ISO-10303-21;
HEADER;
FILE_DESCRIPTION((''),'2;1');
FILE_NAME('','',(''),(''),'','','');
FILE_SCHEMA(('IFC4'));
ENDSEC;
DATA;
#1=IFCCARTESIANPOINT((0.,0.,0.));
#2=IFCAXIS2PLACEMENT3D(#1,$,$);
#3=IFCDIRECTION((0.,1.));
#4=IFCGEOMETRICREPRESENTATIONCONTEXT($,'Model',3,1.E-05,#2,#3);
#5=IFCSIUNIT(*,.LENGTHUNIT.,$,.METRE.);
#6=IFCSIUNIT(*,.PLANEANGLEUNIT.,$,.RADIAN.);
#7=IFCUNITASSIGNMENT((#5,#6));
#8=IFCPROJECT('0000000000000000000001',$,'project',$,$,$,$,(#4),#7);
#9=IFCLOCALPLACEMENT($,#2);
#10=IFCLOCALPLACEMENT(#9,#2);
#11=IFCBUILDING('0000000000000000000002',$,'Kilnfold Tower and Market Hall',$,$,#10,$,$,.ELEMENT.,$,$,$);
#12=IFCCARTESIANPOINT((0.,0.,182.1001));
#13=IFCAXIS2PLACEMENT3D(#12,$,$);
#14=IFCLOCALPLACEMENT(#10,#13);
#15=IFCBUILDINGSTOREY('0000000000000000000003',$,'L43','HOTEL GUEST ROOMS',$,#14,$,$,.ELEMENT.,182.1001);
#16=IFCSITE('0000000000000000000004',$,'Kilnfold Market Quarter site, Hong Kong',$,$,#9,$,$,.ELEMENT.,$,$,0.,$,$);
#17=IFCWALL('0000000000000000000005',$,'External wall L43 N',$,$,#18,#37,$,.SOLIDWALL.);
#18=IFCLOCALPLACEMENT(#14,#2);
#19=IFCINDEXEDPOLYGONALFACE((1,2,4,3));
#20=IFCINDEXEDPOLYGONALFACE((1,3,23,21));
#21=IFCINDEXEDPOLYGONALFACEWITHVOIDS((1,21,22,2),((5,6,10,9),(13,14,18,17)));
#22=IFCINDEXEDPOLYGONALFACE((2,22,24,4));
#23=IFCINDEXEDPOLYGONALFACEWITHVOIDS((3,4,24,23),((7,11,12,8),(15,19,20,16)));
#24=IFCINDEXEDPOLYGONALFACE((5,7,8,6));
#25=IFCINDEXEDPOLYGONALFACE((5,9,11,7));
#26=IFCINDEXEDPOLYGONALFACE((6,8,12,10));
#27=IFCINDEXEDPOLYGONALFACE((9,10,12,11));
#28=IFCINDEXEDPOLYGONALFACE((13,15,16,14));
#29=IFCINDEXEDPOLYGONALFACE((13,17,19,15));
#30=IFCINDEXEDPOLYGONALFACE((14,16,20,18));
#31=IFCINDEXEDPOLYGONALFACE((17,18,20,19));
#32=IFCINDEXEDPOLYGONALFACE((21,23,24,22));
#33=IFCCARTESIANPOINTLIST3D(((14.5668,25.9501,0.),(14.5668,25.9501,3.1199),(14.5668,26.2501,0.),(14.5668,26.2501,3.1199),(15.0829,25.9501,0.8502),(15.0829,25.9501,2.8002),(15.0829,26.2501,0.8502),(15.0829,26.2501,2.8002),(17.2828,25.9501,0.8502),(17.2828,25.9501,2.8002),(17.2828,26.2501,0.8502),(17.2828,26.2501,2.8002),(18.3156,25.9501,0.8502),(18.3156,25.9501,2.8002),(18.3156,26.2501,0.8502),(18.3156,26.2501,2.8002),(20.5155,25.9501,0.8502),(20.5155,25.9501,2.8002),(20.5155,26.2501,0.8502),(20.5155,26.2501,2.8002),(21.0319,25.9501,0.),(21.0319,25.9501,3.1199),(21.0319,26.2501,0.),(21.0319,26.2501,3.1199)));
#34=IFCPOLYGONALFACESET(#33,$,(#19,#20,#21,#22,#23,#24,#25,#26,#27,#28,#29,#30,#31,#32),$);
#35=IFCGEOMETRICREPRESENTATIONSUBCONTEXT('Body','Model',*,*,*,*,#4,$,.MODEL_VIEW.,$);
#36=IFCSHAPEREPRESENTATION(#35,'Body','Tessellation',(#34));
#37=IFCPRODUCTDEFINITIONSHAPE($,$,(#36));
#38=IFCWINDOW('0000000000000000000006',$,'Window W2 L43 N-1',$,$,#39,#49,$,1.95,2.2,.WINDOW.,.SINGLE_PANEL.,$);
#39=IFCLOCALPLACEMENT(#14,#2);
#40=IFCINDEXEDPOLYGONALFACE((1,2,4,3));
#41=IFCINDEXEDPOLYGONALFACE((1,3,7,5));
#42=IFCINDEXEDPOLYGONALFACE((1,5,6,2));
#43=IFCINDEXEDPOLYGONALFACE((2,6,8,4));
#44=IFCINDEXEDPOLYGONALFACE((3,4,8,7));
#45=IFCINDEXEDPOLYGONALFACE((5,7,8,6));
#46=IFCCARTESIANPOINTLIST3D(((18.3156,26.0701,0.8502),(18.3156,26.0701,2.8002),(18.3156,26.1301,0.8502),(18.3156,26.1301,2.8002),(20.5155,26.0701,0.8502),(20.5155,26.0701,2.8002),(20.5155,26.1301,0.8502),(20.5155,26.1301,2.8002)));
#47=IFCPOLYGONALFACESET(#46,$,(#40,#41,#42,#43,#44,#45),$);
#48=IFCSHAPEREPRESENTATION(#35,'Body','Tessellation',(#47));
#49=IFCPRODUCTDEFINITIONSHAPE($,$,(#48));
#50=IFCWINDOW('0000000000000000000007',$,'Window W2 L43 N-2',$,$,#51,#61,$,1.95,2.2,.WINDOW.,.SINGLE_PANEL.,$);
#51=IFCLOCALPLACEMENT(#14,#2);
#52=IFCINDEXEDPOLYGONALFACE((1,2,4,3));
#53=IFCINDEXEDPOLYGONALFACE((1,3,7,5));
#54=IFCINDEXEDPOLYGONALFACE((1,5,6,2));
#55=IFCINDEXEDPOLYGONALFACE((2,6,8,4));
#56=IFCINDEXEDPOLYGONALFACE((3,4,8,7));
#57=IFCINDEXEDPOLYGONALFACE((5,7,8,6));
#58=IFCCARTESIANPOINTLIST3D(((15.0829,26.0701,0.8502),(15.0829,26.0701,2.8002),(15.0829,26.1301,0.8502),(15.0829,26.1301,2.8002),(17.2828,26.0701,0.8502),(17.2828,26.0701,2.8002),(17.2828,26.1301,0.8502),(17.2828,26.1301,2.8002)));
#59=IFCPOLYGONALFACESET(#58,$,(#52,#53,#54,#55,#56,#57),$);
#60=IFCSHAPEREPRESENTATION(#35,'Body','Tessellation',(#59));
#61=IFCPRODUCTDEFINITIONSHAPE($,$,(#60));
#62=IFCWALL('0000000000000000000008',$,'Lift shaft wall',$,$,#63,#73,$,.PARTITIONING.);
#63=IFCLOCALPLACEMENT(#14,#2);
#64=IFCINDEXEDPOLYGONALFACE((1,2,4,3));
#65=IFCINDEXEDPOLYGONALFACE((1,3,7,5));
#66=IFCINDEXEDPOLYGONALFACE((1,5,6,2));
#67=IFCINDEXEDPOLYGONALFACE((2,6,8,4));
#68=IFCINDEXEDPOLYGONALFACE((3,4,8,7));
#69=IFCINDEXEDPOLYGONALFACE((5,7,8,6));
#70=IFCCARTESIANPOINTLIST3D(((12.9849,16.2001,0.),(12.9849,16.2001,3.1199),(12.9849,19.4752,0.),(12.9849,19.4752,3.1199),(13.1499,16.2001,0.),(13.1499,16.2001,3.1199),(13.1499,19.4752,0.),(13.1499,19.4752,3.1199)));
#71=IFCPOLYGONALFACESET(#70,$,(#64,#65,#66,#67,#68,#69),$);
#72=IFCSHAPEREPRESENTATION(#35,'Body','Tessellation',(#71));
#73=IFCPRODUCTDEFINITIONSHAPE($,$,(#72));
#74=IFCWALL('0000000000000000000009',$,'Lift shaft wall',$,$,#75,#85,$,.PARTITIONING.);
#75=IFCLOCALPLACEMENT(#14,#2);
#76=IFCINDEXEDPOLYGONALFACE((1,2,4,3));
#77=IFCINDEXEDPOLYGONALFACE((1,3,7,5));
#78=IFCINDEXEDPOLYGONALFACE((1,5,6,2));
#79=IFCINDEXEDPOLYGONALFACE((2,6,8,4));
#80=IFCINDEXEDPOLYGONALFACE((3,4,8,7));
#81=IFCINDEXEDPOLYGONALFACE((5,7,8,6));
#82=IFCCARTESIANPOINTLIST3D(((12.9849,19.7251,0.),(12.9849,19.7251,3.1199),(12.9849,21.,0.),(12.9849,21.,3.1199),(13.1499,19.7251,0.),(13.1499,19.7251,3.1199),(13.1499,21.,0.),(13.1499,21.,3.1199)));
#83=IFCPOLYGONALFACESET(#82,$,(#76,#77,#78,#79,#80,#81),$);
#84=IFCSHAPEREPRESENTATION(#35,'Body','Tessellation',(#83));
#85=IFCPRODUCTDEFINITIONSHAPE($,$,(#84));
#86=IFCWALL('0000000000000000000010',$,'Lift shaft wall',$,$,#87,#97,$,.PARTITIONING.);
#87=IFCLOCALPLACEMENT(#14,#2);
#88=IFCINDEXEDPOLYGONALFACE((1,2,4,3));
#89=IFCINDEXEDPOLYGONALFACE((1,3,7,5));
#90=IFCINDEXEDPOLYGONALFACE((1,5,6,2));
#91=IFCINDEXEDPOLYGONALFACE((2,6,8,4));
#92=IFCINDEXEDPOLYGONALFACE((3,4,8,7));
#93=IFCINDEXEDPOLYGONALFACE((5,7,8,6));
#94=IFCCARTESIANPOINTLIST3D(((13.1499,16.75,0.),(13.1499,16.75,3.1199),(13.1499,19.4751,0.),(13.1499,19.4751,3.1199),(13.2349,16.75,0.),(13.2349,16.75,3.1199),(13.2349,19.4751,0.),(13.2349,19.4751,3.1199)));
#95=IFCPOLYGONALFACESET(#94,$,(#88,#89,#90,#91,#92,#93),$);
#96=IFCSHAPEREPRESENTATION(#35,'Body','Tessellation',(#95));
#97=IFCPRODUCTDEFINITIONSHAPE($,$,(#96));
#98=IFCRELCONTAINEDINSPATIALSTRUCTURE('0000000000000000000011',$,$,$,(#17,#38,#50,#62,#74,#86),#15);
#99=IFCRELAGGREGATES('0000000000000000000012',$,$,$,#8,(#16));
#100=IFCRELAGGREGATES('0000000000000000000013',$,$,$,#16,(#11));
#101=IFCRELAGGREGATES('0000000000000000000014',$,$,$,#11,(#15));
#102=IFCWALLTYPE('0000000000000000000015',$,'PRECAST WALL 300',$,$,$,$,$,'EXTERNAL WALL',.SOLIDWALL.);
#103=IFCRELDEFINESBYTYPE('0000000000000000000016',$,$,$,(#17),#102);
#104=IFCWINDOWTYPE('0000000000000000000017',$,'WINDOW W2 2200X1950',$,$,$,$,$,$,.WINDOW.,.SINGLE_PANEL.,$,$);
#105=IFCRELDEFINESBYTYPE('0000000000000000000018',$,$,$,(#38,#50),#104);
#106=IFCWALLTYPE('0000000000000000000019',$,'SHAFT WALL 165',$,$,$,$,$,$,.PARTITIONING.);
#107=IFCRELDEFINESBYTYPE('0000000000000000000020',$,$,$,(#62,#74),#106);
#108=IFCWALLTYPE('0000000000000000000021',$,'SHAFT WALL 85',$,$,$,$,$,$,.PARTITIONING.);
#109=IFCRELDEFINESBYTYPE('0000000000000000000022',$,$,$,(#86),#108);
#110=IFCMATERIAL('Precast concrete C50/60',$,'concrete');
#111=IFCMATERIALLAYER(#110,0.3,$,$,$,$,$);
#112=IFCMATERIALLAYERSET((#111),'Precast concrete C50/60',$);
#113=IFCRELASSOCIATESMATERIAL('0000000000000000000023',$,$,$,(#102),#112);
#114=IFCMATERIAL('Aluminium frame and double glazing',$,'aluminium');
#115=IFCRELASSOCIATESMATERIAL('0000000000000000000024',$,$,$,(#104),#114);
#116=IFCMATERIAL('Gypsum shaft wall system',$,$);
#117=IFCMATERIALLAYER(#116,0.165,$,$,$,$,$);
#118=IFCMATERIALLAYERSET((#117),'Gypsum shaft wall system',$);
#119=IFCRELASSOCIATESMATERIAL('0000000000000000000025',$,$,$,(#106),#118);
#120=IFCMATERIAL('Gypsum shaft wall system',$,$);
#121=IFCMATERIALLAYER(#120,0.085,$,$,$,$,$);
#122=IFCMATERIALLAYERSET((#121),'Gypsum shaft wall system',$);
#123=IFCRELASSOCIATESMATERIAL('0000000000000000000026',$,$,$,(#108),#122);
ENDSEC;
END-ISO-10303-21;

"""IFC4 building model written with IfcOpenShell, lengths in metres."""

from ifc_helpers import new_model, si_unit, direction, frame, frame_2d, origin, place, context, subcontext, project, spatial, rectangle, extrude, source, transform, mapped, material, layer, layer_set, type_object, element, fill, save


model = new_model("IFC4")

# Units and contexts
model_context = context("Model", 3, precision=1e-05, world=origin(), true_north=direction((0.0, 1.0)))
body_context = subcontext(model_context, "Body", "Model", "MODEL_VIEW")
ifc_project = project(units=[si_unit("LENGTHUNIT", "METRE"), si_unit("PLANEANGLEUNIT", "RADIAN")], contexts=[model_context])

# Site, building, storey
site_placement = place(None, origin())
site = spatial("IfcSite", under=ifc_project, at=site_placement, Name="Kilnfold Market Quarter site, Hong Kong", CompositionType="ELEMENT", RefElevation=0.0)
building_placement = place(site_placement, origin())
building = spatial("IfcBuilding", under=site, at=building_placement, Name="Kilnfold Tower and Market Hall", CompositionType="ELEMENT")
storey_placement = place(building_placement, frame((0.0, 0.0, 182.1001)))
storey = spatial("IfcBuildingStorey", under=building, at=storey_placement, Name="L43", Description="HOTEL GUEST ROOMS", CompositionType="ELEMENT", Elevation=182.1001)

# Shared definitions
ifc_material_1 = material(Name="Precast concrete C50/60", Category="concrete")
ifc_layer_1 = layer(ifc_material_1, 0.3)
ifc_layer_set_1 = layer_set([ifc_layer_1], Name="Precast concrete C50/60")
wall_type_1 = type_object("IfcWallType", Name="PRECAST WALL 300", ElementType="EXTERNAL WALL", PredefinedType="SOLIDWALL", material=ifc_layer_set_1)
ifc_material_2 = material(Name="Aluminium frame and double glazing", Category="aluminium")
window_type = type_object("IfcWindowType", Name="WINDOW W2 2200X1950", PartitioningType="SINGLE_PANEL", PredefinedType="WINDOW", material=ifc_material_2)

# Wall, openings, windows
shared_shape_1 = source(origin(), body_context, "Body", "SweptSolid", [
    extrude(rectangle(XDim=6.4651, YDim=0.3, at=frame_2d((3.2324, 0.0))), origin(), (0.0, 0.0, 1.0), 3.1199),
])
wall_1_placement = place(storey_placement, frame((21.0317, 26.1001, 0.0), z_axis=(0.0, 0.0, 1.0), x_axis=(-1.0, 0.0, 0.0)))
wall_1 = element("IfcWall", 1, at=wall_1_placement, inside=storey, type_object=wall_type_1, Name="External wall L43 N", PredefinedType="SOLIDWALL", context=body_context, shape_type="MappedRepresentation", body=[
    mapped(shared_shape_1, transform((0.0, 0.0, 0.0))),
])
opening_1_placement = place(wall_1_placement, frame((0.5161, 0.0, 0.8501)))
opening_1 = element("IfcOpeningElement", 2, at=opening_1_placement, cuts=wall_1, PredefinedType="OPENING", context=body_context, shape_type="SweptSolid", body=[
    extrude(rectangle(XDim=2.2, YDim=1.95, at=frame_2d((1.1001, 0.9751))), frame((0.0, 0.1602, 0.0), z_axis=(0.0, -1.0, 0.0), x_axis=(1.0, 0.0, 0.0)), (0.0, 0.0, 1.0), 0.3201),
])
opening_2_placement = place(wall_1_placement, frame((3.7488, 0.0, 0.8501)))
opening_2 = element("IfcOpeningElement", 3, at=opening_2_placement, cuts=wall_1, PredefinedType="OPENING", context=body_context, shape_type="SweptSolid", body=[
    extrude(rectangle(XDim=2.2, YDim=1.95, at=frame_2d((1.1001, 0.9751))), frame((0.0, 0.1602, 0.0), z_axis=(0.0, -1.0, 0.0), x_axis=(1.0, 0.0, 0.0)), (0.0, 0.0, 1.0), 0.3201),
])
window_1_placement = place(opening_1_placement, origin())
window_1 = element("IfcWindow", 4, at=window_1_placement, inside=storey, type_object=window_type, Name="Window W2 L43 N-1", OverallHeight=1.95, OverallWidth=2.2, PartitioningType="SINGLE_PANEL", PredefinedType="WINDOW", context=body_context, shape_type="SweptSolid", body=[
    extrude(rectangle(XDim=2.2, YDim=1.95, at=frame_2d((1.1001, 0.9751))), frame((0.0, 0.03, 0.0), z_axis=(0.0, -1.0, 0.0), x_axis=(1.0, 0.0, 0.0)), (0.0, 0.0, 1.0), 0.0601),
])
fill(opening_1, window_1)
window_2_placement = place(opening_2_placement, origin())
window_2 = element("IfcWindow", 5, at=window_2_placement, inside=storey, type_object=window_type, Name="Window W2 L43 N-2", OverallHeight=1.95, OverallWidth=2.2, PartitioningType="SINGLE_PANEL", PredefinedType="WINDOW", context=body_context, shape_type="SweptSolid", body=[
    extrude(rectangle(XDim=2.2, YDim=1.95, at=frame_2d((1.1001, 0.9751))), frame((0.0, 0.03, 0.0), z_axis=(0.0, -1.0, 0.0), x_axis=(1.0, 0.0, 0.0)), (0.0, 0.0, 1.0), 0.0601),
])
fill(opening_2, window_2)

# Walls
ifc_material_3 = material(Name="Gypsum shaft wall system")
ifc_layer_2 = layer(ifc_material_3, 0.165)
ifc_layer_set_2 = layer_set([ifc_layer_2], Name="Gypsum shaft wall system")
wall_type_2 = type_object("IfcWallType", Name="SHAFT WALL 165", PredefinedType="PARTITIONING", material=ifc_layer_set_2)
shared_shape_2 = source(origin(), body_context, "Body", "SweptSolid", [
    extrude(rectangle(XDim=3.2751, YDim=0.165, at=frame_2d((1.6377, 0.0))), origin(), (0.0, 0.0, 1.0), 3.1199),
])
wall_2_placement = place(storey_placement, frame((13.0674, 16.2, 0.0), z_axis=(0.0, 0.0, 1.0), x_axis=(0.0, 1.0, 0.0)))
element("IfcWall", 6, at=wall_2_placement, inside=storey, type_object=wall_type_2, Name="Lift shaft wall", PredefinedType="PARTITIONING", context=body_context, shape_type="MappedRepresentation", body=[
    mapped(shared_shape_2, transform((0.0, 0.0, 0.0))),
])
shared_shape_3 = source(origin(), body_context, "Body", "SweptSolid", [
    extrude(rectangle(XDim=1.2749, YDim=0.165, at=frame_2d((0.6375, 0.0))), origin(), (0.0, 0.0, 1.0), 3.1199),
])
wall_3_placement = place(storey_placement, frame((13.0674, 19.7251, 0.0), z_axis=(0.0, 0.0, 1.0), x_axis=(0.0, 1.0, 0.0)))
element("IfcWall", 7, at=wall_3_placement, inside=storey, type_object=wall_type_2, Name="Lift shaft wall", PredefinedType="PARTITIONING", context=body_context, shape_type="MappedRepresentation", body=[
    mapped(shared_shape_3, transform((0.0, 0.0, 0.0))),
])
ifc_material_4 = material(Name="Gypsum shaft wall system")
ifc_layer_3 = layer(ifc_material_4, 0.085)
ifc_layer_set_3 = layer_set([ifc_layer_3], Name="Gypsum shaft wall system")
wall_type_3 = type_object("IfcWallType", Name="SHAFT WALL 85", PredefinedType="PARTITIONING", material=ifc_layer_set_3)
shared_shape_4 = source(origin(), body_context, "Body", "SweptSolid", [
    extrude(rectangle(XDim=2.7251, YDim=0.085, at=frame_2d((1.3625, 0.0))), origin(), (0.0, 0.0, 1.0), 3.1199),
])
wall_4_placement = place(storey_placement, frame((13.1924, 16.75, 0.0), z_axis=(0.0, 0.0, 1.0), x_axis=(0.0, 1.0, 0.0)))
element("IfcWall", 8, at=wall_4_placement, inside=storey, type_object=wall_type_3, Name="Lift shaft wall", PredefinedType="PARTITIONING", context=body_context, shape_type="MappedRepresentation", body=[
    mapped(shared_shape_4, transform((0.0, 0.0, 0.0))),
])

save(model, "model.ifc")
